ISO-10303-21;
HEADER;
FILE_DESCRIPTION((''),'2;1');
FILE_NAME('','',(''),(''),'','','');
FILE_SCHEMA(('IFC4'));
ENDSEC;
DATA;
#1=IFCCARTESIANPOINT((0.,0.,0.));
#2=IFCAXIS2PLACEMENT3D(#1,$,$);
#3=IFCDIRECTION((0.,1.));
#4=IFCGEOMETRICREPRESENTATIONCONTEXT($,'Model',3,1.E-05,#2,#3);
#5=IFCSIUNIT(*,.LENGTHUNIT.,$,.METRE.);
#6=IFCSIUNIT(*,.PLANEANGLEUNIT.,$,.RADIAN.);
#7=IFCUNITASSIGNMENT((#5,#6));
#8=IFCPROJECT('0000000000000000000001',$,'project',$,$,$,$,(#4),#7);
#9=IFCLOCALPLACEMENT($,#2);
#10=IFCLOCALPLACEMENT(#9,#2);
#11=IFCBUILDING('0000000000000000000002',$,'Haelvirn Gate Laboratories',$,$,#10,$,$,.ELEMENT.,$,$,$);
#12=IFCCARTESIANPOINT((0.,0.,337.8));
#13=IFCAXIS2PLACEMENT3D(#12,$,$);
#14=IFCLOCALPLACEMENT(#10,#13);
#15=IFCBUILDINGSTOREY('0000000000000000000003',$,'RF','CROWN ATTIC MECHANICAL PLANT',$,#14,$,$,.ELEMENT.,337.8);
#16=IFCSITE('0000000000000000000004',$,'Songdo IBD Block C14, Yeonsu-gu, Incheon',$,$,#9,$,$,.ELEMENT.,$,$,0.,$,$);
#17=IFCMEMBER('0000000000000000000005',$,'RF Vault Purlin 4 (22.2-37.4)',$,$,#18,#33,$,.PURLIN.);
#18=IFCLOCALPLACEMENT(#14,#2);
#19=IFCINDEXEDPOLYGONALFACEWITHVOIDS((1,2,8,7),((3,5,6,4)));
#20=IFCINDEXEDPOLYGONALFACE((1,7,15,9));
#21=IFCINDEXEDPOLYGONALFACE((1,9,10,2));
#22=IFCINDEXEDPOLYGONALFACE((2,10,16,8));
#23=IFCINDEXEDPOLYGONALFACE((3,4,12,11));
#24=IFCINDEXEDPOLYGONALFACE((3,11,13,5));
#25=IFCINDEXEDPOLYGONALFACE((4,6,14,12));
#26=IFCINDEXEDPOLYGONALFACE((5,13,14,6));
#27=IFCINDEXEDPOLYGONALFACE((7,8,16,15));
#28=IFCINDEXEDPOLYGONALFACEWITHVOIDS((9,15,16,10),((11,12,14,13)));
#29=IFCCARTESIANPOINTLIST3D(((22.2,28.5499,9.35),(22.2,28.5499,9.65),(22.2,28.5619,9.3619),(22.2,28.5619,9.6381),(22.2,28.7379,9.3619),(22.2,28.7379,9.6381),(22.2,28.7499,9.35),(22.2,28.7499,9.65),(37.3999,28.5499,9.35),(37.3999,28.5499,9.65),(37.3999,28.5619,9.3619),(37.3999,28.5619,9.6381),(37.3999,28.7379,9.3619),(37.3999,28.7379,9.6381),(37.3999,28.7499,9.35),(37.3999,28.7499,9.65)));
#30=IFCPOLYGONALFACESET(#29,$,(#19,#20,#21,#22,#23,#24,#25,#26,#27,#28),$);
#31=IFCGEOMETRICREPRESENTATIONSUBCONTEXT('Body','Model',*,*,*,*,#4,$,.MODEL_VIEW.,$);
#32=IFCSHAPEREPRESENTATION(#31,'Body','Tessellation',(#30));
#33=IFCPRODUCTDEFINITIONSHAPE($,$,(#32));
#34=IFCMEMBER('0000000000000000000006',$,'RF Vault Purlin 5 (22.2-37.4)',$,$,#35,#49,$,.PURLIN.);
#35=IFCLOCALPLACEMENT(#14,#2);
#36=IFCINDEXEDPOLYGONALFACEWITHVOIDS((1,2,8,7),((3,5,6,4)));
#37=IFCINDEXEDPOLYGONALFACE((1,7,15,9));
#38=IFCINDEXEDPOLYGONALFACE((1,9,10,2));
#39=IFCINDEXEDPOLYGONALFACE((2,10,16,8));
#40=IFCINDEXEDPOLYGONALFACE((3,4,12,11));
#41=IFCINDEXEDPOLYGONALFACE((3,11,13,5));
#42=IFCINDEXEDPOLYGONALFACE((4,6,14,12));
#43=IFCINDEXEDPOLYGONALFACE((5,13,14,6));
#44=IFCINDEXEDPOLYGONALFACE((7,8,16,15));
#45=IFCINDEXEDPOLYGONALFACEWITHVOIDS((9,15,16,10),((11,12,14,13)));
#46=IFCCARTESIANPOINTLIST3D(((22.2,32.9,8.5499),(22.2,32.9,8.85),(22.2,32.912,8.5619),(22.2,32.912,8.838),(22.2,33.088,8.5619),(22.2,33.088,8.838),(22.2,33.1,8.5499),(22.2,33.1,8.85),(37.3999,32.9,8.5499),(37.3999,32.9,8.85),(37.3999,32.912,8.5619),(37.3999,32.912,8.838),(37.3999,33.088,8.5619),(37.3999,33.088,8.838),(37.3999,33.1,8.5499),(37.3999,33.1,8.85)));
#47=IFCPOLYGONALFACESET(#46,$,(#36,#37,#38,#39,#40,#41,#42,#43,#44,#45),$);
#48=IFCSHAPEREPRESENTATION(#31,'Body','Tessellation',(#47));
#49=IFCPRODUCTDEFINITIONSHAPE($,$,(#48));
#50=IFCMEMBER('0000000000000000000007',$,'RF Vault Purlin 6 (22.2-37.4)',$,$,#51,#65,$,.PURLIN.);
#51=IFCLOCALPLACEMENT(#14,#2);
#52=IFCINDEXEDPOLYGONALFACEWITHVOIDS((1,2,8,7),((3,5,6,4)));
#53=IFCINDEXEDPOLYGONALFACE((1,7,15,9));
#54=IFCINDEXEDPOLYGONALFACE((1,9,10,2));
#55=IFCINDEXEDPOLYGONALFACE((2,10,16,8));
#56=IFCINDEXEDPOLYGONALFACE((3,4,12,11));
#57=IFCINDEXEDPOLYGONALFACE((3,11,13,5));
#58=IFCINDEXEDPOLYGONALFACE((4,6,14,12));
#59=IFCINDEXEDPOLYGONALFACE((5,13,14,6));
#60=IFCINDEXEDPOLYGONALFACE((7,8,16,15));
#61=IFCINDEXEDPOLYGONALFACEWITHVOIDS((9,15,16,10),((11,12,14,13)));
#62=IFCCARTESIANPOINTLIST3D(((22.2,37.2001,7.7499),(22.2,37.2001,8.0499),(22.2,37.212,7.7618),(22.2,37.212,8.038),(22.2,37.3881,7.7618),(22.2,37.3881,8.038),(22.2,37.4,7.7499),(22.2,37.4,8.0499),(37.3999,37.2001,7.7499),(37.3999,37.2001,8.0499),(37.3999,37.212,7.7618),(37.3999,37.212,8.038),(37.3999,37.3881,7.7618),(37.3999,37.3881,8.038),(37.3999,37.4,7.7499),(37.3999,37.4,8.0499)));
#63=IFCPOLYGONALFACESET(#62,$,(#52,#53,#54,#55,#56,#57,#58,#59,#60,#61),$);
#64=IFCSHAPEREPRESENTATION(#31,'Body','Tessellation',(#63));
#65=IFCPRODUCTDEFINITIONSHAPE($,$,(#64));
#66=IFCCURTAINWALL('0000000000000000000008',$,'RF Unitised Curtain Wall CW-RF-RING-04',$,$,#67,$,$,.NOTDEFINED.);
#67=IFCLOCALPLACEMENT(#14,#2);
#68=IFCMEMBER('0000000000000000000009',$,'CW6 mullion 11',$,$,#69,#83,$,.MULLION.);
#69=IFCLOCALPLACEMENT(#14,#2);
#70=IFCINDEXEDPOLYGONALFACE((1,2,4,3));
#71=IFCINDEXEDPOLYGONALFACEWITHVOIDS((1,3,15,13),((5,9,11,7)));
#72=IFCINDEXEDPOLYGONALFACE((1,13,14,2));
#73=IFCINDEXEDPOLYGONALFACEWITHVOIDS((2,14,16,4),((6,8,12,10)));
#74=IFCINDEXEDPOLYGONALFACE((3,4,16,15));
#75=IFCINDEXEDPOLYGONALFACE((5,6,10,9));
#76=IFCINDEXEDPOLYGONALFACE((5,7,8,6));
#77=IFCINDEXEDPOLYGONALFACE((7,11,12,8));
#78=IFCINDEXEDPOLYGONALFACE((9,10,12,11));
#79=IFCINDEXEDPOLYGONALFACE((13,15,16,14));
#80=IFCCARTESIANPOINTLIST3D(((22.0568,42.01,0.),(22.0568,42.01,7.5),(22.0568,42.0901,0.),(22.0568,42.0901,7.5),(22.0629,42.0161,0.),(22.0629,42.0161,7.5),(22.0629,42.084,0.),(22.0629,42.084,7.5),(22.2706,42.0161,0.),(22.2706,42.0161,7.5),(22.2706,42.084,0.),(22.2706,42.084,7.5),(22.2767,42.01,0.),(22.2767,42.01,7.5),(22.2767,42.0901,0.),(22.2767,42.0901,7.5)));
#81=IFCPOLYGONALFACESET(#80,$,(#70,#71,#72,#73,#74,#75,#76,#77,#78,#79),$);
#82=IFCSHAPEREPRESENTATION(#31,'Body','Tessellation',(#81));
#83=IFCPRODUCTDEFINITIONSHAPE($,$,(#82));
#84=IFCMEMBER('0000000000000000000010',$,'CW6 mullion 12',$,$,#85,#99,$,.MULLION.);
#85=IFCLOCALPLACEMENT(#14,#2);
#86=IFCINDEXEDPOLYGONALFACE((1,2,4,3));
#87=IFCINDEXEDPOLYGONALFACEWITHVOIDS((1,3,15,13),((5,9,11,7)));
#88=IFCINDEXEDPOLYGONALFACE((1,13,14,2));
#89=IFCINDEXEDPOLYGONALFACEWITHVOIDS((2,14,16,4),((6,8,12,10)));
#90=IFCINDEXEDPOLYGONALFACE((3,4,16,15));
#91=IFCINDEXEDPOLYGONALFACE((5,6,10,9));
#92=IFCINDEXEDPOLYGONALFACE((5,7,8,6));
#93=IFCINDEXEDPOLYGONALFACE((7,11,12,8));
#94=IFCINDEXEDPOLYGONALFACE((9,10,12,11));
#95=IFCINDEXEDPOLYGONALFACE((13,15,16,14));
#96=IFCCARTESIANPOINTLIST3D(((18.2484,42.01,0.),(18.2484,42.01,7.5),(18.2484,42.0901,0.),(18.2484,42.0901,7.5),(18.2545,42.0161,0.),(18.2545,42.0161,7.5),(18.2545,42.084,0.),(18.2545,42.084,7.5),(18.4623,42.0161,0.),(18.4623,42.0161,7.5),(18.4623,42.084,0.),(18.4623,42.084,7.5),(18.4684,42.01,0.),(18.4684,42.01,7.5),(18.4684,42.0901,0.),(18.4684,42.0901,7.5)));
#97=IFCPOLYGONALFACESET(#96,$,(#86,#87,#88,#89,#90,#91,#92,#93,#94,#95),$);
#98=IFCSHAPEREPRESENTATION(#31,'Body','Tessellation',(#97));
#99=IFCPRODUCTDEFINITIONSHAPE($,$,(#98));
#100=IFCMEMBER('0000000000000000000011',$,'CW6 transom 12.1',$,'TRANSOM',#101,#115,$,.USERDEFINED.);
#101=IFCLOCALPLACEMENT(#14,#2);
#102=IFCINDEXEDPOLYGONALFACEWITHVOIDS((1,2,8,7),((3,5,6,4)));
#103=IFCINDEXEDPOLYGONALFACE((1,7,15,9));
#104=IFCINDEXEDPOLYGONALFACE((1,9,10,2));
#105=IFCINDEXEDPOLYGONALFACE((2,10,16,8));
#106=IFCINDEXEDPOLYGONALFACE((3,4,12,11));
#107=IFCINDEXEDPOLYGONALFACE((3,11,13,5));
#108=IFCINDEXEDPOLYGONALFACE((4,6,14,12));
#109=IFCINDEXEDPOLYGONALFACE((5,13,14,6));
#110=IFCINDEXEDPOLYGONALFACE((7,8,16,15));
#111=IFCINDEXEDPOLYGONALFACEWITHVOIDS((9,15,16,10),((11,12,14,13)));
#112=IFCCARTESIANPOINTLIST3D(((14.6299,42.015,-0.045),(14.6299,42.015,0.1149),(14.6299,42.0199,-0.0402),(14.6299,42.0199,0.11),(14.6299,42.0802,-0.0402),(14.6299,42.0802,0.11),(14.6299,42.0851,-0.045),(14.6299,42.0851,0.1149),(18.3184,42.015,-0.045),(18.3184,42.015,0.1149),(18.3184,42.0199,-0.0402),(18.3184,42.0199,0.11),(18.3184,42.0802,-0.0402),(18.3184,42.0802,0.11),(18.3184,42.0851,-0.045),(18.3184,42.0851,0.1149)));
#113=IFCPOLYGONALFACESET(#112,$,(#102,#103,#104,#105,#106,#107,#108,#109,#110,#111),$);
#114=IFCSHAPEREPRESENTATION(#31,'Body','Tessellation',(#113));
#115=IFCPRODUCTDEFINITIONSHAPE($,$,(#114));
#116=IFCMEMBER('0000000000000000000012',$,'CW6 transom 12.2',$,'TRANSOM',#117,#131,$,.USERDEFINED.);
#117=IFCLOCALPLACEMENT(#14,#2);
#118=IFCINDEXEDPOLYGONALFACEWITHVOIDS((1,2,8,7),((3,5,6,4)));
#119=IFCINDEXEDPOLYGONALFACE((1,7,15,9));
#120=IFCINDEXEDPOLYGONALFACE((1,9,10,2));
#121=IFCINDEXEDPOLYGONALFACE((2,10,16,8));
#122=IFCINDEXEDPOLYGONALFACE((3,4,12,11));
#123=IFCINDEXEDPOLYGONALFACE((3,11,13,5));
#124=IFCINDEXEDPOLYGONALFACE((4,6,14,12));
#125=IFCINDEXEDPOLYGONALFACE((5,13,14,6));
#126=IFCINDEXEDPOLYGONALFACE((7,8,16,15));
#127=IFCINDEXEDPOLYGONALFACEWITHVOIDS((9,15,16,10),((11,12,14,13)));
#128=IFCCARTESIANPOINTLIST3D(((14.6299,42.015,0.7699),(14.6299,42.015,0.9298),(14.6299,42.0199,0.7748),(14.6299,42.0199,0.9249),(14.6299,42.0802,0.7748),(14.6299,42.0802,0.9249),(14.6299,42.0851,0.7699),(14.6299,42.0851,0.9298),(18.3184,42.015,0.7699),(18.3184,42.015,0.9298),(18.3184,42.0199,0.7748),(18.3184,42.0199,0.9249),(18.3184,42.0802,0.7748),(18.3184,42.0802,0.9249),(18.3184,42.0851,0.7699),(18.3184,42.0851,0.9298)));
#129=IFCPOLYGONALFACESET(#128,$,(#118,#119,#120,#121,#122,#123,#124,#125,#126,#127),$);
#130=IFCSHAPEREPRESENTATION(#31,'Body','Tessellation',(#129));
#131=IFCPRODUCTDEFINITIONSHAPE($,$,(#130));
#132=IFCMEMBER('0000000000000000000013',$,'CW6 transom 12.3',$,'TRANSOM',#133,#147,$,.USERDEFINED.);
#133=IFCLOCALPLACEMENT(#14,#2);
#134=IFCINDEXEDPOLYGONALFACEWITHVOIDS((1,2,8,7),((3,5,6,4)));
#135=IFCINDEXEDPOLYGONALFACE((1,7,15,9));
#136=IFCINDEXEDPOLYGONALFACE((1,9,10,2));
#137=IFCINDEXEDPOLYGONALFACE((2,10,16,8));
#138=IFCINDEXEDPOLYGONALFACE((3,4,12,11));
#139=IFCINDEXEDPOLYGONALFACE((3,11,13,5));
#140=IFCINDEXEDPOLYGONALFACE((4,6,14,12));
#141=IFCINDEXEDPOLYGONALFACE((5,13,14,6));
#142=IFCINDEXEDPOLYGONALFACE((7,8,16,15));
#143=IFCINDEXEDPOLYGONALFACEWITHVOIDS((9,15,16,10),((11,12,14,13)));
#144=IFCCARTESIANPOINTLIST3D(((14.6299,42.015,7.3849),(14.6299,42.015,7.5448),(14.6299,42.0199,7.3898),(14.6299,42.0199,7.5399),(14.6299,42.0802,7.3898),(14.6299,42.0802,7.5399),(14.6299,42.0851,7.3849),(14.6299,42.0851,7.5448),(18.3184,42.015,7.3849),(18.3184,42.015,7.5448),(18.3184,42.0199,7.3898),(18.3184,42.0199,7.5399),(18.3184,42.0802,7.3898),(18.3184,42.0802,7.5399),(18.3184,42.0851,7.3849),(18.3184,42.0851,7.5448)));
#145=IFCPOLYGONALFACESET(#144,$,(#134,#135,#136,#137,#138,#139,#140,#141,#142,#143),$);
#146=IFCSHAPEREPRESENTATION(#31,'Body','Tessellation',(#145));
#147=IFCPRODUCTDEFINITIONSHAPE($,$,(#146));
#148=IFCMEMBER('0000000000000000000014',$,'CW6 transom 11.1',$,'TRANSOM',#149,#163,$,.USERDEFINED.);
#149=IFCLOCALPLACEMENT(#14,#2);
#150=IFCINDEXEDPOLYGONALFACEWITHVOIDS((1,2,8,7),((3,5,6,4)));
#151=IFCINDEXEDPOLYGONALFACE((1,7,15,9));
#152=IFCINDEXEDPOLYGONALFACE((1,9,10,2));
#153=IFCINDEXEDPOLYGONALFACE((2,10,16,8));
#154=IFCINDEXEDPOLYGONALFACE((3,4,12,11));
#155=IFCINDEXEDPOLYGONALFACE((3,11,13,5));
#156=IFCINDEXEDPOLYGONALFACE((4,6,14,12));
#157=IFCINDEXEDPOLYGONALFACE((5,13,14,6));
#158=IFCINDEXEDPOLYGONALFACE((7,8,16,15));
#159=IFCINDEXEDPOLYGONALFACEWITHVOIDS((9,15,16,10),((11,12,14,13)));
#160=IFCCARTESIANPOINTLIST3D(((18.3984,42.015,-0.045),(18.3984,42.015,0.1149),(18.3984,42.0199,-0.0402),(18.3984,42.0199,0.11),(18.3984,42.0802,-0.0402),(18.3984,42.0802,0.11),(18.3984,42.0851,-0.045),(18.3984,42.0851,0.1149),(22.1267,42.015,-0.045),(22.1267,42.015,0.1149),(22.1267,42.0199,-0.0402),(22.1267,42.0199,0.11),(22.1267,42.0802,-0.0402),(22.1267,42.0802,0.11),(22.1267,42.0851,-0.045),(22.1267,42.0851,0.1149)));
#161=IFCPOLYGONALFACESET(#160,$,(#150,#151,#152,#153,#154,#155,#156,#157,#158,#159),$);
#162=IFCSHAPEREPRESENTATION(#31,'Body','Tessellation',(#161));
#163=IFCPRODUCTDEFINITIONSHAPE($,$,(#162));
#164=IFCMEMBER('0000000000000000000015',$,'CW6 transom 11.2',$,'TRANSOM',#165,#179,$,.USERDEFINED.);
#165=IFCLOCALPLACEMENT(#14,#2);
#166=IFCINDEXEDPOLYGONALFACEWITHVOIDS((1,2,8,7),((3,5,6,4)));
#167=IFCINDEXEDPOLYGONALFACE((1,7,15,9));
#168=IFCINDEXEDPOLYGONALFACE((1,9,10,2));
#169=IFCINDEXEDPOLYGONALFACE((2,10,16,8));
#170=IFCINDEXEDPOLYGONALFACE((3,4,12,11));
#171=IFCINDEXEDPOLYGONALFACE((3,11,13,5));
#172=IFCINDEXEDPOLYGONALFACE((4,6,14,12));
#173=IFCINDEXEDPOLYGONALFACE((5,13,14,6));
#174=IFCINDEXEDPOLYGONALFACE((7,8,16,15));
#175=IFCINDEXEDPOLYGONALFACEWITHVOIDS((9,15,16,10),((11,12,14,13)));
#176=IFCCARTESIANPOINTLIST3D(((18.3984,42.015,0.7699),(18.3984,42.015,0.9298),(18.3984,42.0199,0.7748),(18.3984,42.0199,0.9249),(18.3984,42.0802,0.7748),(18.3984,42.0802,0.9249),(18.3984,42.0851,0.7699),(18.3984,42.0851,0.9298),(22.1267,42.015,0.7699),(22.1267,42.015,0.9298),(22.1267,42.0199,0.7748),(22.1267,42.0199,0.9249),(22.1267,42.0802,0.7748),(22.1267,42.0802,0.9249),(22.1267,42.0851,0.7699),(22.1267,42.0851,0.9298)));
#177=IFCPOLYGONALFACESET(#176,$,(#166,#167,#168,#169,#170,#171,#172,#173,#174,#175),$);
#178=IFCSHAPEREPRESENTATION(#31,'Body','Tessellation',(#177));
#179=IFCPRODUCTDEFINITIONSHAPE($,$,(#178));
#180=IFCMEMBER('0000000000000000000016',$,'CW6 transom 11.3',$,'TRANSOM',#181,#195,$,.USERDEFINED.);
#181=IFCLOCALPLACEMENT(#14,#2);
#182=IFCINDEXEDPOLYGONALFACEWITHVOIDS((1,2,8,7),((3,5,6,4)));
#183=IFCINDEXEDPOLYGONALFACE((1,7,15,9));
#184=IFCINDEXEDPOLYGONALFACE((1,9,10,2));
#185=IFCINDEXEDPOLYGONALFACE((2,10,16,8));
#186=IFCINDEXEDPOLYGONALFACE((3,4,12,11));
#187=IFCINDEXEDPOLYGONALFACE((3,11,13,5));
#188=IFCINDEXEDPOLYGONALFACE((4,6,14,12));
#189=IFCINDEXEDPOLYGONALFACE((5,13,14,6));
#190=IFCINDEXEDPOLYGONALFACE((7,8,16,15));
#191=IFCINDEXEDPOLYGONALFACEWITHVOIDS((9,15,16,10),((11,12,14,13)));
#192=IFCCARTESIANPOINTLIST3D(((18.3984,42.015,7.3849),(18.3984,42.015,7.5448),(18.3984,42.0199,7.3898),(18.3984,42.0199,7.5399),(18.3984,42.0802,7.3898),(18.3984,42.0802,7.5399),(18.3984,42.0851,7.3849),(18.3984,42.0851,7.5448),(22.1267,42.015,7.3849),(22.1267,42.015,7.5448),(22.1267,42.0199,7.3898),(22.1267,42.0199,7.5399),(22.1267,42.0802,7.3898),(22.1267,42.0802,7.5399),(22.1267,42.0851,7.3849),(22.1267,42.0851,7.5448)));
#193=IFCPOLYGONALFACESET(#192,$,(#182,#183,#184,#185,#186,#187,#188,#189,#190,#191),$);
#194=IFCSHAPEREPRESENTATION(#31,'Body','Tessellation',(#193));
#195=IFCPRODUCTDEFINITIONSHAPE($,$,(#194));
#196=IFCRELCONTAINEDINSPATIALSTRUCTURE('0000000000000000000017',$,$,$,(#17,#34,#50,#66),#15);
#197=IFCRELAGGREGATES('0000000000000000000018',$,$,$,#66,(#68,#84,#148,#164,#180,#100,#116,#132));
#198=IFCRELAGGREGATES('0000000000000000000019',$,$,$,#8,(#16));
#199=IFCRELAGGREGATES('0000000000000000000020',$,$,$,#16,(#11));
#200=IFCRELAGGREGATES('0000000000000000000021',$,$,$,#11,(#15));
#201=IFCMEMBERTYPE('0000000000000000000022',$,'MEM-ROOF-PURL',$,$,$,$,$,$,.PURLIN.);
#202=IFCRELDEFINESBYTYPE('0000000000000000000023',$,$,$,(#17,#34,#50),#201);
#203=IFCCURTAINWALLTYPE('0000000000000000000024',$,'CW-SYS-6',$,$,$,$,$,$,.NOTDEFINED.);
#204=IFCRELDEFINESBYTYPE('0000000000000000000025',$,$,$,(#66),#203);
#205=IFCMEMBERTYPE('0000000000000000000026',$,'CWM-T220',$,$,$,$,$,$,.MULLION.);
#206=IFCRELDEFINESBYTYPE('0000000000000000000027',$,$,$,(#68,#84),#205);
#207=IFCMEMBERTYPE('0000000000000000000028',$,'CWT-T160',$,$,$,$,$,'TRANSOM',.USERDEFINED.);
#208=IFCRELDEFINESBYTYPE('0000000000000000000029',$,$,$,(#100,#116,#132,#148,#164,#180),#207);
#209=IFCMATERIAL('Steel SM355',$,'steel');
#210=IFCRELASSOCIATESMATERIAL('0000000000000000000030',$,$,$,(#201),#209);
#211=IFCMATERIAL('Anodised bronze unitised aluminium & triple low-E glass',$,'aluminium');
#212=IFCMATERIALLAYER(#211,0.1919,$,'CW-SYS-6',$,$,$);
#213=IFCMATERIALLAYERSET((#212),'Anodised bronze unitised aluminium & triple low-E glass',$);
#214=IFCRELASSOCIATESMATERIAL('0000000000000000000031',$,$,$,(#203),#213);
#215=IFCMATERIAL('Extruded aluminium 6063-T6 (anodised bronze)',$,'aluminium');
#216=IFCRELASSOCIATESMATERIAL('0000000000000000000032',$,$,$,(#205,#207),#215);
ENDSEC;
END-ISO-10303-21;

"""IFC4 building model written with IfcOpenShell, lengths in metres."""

from ifc_helpers import new_model, si_unit, direction, frame, origin, origin_2d, place, context, subcontext, project, spatial, hollow_rectangle, extrude, source, transform, mapped, material, layer, layer_set, material_profile, profile_set, type_object, type_shapes, element, aggregate, save


model = new_model("IFC4")

# Units and contexts
model_context = context("Model", 3, precision=1e-05, world=origin(), true_north=direction((0.0, 1.0)))
body_context = subcontext(model_context, "Body", "Model", "MODEL_VIEW")
ifc_project = project(units=[si_unit("LENGTHUNIT", "METRE"), si_unit("PLANEANGLEUNIT", "RADIAN")], contexts=[model_context])

# Site, building, storey
site_placement = place(None, origin())
site = spatial("IfcSite", under=ifc_project, at=site_placement, Name="Songdo IBD Block C14, Yeonsu-gu, Incheon", CompositionType="ELEMENT", RefElevation=0.0)
building_placement = place(site_placement, origin())
building = spatial("IfcBuilding", under=site, at=building_placement, Name="Haelvirn Gate Laboratories", CompositionType="ELEMENT")
storey_placement = place(building_placement, frame((0.0, 0.0, 337.8)))
storey = spatial("IfcBuildingStorey", under=building, at=storey_placement, Name="RF", Description="CROWN ATTIC MECHANICAL PLANT", CompositionType="ELEMENT", Elevation=337.8)

# Shared definitions
ifc_material_1 = material(Name="Steel SM355", Category="steel")

# Members
ifc_material_profile_1 = material_profile(ifc_material_1, hollow_rectangle(XDim=0.2, YDim=0.3, WallThickness=0.012, at=origin_2d()), Name="RHS-300x200x12")
ifc_profile_set_1 = profile_set([ifc_material_profile_1], Name="Steel SM355")
member_type_1 = type_object("IfcMemberType", Name="MEM-ROOF-PURL", PredefinedType="PURLIN", material=ifc_profile_set_1)
shared_shape_1 = source(origin(), body_context, "Body", "SweptSolid", [
    extrude(hollow_rectangle(XDim=0.2, YDim=0.3, WallThickness=0.012, at=origin_2d()), origin(), (0.0, 0.0, 1.0), 15.2),
])
type_shapes(member_type_1, [shared_shape_1])
for number, where, z_axis, x_axis, name in (
    (1, (22.2, 28.6499, 9.5), (1.0, 0.0, 0.0), (0.0, 1.0, 0.0), "RF Vault Purlin 4 (22.2-37.4)"),
    (2, (22.2, 33.0, 8.7), (1.0, 0.0, 0.0), (0.0, 1.0, 0.0), "RF Vault Purlin 5 (22.2-37.4)"),
    (3, (22.2, 37.3, 7.8999), (1.0, 0.0, 0.0), (0.0, 1.0, 0.0), "RF Vault Purlin 6 (22.2-37.4)"),
):
    element("IfcMember", number, at=place(storey_placement, frame(where, z_axis=z_axis, x_axis=x_axis)), inside=storey, type_object=member_type_1, Name=name, PredefinedType="PURLIN", context=body_context, shape_type="MappedRepresentation", body=[
        mapped(shared_shape_1, transform((0.0, 0.0, 0.0), scale=1.0)),
    ])

# Curtain wall, members
ifc_material_2 = material(Name="Anodised bronze unitised aluminium & triple low-E glass", Category="aluminium")
ifc_layer_1 = layer(ifc_material_2, 0.1919, Name="CW-SYS-6")
ifc_layer_set_1 = layer_set([ifc_layer_1], Name="Anodised bronze unitised aluminium & triple low-E glass")
curtain_wall_type = type_object("IfcCurtainWallType", Name="CW-SYS-6", PredefinedType="NOTDEFINED", material=ifc_layer_set_1)
curtain_wall_placement = place(storey_placement, origin())
curtain_wall = element("IfcCurtainWall", 4, at=curtain_wall_placement, inside=storey, type_object=curtain_wall_type, Name="RF Unitised Curtain Wall CW-RF-RING-04", PredefinedType="NOTDEFINED")
ifc_material_3 = material(Name="Extruded aluminium 6063-T6 (anodised bronze)", Category="aluminium")
ifc_material_profile_2 = material_profile(ifc_material_3, hollow_rectangle(XDim=0.0801, YDim=0.22, WallThickness=0.0061, at=origin_2d()), Name="CWM-220x80x6")
ifc_profile_set_2 = profile_set([ifc_material_profile_2], Name="Extruded aluminium 6063-T6 (anodised bronze)")
member_type_2 = type_object("IfcMemberType", Name="CWM-T220", PredefinedType="MULLION", material=ifc_profile_set_2)
shared_shape_2 = source(origin(), body_context, "Body", "SweptSolid", [
    extrude(hollow_rectangle(XDim=0.0801, YDim=0.22, WallThickness=0.0061, at=origin_2d()), origin(), (0.0, 0.0, 1.0), 7.5),
])
type_shapes(member_type_2, [shared_shape_2])
member_1_placement = place(storey_placement, frame((22.1667, 42.05, 0.0), z_axis=(0.0, 0.0, 1.0), x_axis=(0.0, -1.0, 0.0)))
member_1 = element("IfcMember", 5, at=member_1_placement, type_object=member_type_2, Name="CW6 mullion 11", PredefinedType="MULLION", context=body_context, shape_type="MappedRepresentation", body=[
    mapped(shared_shape_2, transform((0.0, 0.0, 0.0), scale=1.0)),
])
member_2_placement = place(storey_placement, frame((18.3584, 42.05, 0.0), z_axis=(0.0, 0.0, 1.0), x_axis=(0.0, -1.0, 0.0)))
member_2 = element("IfcMember", 6, at=member_2_placement, type_object=member_type_2, Name="CW6 mullion 12", PredefinedType="MULLION", context=body_context, shape_type="MappedRepresentation", body=[
    mapped(shared_shape_2, transform((0.0, 0.0, 0.0), scale=1.0)),
])
ifc_material_profile_3 = material_profile(ifc_material_3, hollow_rectangle(XDim=0.0701, YDim=0.1599, WallThickness=0.0049, at=origin_2d()), Name="CWT-160x70x5")
ifc_profile_set_3 = profile_set([ifc_material_profile_3], Name="Extruded aluminium 6063-T6 (anodised bronze)")
member_type_3 = type_object("IfcMemberType", Name="CWT-T160", ElementType="TRANSOM", PredefinedType="USERDEFINED", material=ifc_profile_set_3)
shared_shape_3 = source(origin(), body_context, "Body", "SweptSolid", [
    extrude(hollow_rectangle(XDim=0.0701, YDim=0.1599, WallThickness=0.0049, at=origin_2d()), origin(), (0.0, 0.0, 1.0), 3.6885),
])
member_3_placement = place(storey_placement, frame((18.3184, 42.05, 0.0349), z_axis=(-1.0, 0.0, 0.0), x_axis=(0.0, -1.0, 0.0)))
member_3 = element("IfcMember", 7, at=member_3_placement, type_object=member_type_3, Name="CW6 transom 12.1", ObjectType="TRANSOM", PredefinedType="USERDEFINED", context=body_context, shape_type="MappedRepresentation", body=[
    mapped(shared_shape_3, transform((0.0, 0.0, 0.0), scale=1.0)),
])
member_4_placement = place(storey_placement, frame((18.3184, 42.05, 0.8499), z_axis=(-1.0, 0.0, 0.0), x_axis=(0.0, -1.0, 0.0)))
member_4 = element("IfcMember", 8, at=member_4_placement, type_object=member_type_3, Name="CW6 transom 12.2", ObjectType="TRANSOM", PredefinedType="USERDEFINED", context=body_context, shape_type="MappedRepresentation", body=[
    mapped(shared_shape_3, transform((0.0, 0.0, 0.0), scale=1.0)),
])
member_5_placement = place(storey_placement, frame((18.3184, 42.05, 7.4648), z_axis=(-1.0, 0.0, 0.0), x_axis=(0.0, -1.0, 0.0)))
member_5 = element("IfcMember", 9, at=member_5_placement, type_object=member_type_3, Name="CW6 transom 12.3", ObjectType="TRANSOM", PredefinedType="USERDEFINED", context=body_context, shape_type="MappedRepresentation", body=[
    mapped(shared_shape_3, transform((0.0, 0.0, 0.0), scale=1.0)),
])
shared_shape_4 = source(origin(), body_context, "Body", "SweptSolid", [
    extrude(hollow_rectangle(XDim=0.0701, YDim=0.1599, WallThickness=0.0049, at=origin_2d()), origin(), (0.0, 0.0, 1.0), 3.7283),
])
type_shapes(member_type_3, [shared_shape_3, shared_shape_4])
member_6_placement = place(storey_placement, frame((22.1267, 42.05, 0.0349), z_axis=(-1.0, 0.0, 0.0), x_axis=(0.0, -1.0, 0.0)))
member_6 = element("IfcMember", 10, at=member_6_placement, type_object=member_type_3, Name="CW6 transom 11.1", ObjectType="TRANSOM", PredefinedType="USERDEFINED", context=body_context, shape_type="MappedRepresentation", body=[
    mapped(shared_shape_4, transform((0.0, 0.0, 0.0), scale=1.0)),
])
member_7_placement = place(storey_placement, frame((22.1267, 42.05, 0.8499), z_axis=(-1.0, 0.0, 0.0), x_axis=(0.0, -1.0, 0.0)))
member_7 = element("IfcMember", 11, at=member_7_placement, type_object=member_type_3, Name="CW6 transom 11.2", ObjectType="TRANSOM", PredefinedType="USERDEFINED", context=body_context, shape_type="MappedRepresentation", body=[
    mapped(shared_shape_4, transform((0.0, 0.0, 0.0), scale=1.0)),
])
member_8_placement = place(storey_placement, frame((22.1267, 42.05, 7.4648), z_axis=(-1.0, 0.0, 0.0), x_axis=(0.0, -1.0, 0.0)))
member_8 = element("IfcMember", 12, at=member_8_placement, type_object=member_type_3, Name="CW6 transom 11.3", ObjectType="TRANSOM", PredefinedType="USERDEFINED", context=body_context, shape_type="MappedRepresentation", body=[
    mapped(shared_shape_4, transform((0.0, 0.0, 0.0), scale=1.0)),
])

aggregate(curtain_wall, [member_1, member_2, member_6, member_7, member_8, member_3, member_4, member_5])

save(model, "model.ifc")
